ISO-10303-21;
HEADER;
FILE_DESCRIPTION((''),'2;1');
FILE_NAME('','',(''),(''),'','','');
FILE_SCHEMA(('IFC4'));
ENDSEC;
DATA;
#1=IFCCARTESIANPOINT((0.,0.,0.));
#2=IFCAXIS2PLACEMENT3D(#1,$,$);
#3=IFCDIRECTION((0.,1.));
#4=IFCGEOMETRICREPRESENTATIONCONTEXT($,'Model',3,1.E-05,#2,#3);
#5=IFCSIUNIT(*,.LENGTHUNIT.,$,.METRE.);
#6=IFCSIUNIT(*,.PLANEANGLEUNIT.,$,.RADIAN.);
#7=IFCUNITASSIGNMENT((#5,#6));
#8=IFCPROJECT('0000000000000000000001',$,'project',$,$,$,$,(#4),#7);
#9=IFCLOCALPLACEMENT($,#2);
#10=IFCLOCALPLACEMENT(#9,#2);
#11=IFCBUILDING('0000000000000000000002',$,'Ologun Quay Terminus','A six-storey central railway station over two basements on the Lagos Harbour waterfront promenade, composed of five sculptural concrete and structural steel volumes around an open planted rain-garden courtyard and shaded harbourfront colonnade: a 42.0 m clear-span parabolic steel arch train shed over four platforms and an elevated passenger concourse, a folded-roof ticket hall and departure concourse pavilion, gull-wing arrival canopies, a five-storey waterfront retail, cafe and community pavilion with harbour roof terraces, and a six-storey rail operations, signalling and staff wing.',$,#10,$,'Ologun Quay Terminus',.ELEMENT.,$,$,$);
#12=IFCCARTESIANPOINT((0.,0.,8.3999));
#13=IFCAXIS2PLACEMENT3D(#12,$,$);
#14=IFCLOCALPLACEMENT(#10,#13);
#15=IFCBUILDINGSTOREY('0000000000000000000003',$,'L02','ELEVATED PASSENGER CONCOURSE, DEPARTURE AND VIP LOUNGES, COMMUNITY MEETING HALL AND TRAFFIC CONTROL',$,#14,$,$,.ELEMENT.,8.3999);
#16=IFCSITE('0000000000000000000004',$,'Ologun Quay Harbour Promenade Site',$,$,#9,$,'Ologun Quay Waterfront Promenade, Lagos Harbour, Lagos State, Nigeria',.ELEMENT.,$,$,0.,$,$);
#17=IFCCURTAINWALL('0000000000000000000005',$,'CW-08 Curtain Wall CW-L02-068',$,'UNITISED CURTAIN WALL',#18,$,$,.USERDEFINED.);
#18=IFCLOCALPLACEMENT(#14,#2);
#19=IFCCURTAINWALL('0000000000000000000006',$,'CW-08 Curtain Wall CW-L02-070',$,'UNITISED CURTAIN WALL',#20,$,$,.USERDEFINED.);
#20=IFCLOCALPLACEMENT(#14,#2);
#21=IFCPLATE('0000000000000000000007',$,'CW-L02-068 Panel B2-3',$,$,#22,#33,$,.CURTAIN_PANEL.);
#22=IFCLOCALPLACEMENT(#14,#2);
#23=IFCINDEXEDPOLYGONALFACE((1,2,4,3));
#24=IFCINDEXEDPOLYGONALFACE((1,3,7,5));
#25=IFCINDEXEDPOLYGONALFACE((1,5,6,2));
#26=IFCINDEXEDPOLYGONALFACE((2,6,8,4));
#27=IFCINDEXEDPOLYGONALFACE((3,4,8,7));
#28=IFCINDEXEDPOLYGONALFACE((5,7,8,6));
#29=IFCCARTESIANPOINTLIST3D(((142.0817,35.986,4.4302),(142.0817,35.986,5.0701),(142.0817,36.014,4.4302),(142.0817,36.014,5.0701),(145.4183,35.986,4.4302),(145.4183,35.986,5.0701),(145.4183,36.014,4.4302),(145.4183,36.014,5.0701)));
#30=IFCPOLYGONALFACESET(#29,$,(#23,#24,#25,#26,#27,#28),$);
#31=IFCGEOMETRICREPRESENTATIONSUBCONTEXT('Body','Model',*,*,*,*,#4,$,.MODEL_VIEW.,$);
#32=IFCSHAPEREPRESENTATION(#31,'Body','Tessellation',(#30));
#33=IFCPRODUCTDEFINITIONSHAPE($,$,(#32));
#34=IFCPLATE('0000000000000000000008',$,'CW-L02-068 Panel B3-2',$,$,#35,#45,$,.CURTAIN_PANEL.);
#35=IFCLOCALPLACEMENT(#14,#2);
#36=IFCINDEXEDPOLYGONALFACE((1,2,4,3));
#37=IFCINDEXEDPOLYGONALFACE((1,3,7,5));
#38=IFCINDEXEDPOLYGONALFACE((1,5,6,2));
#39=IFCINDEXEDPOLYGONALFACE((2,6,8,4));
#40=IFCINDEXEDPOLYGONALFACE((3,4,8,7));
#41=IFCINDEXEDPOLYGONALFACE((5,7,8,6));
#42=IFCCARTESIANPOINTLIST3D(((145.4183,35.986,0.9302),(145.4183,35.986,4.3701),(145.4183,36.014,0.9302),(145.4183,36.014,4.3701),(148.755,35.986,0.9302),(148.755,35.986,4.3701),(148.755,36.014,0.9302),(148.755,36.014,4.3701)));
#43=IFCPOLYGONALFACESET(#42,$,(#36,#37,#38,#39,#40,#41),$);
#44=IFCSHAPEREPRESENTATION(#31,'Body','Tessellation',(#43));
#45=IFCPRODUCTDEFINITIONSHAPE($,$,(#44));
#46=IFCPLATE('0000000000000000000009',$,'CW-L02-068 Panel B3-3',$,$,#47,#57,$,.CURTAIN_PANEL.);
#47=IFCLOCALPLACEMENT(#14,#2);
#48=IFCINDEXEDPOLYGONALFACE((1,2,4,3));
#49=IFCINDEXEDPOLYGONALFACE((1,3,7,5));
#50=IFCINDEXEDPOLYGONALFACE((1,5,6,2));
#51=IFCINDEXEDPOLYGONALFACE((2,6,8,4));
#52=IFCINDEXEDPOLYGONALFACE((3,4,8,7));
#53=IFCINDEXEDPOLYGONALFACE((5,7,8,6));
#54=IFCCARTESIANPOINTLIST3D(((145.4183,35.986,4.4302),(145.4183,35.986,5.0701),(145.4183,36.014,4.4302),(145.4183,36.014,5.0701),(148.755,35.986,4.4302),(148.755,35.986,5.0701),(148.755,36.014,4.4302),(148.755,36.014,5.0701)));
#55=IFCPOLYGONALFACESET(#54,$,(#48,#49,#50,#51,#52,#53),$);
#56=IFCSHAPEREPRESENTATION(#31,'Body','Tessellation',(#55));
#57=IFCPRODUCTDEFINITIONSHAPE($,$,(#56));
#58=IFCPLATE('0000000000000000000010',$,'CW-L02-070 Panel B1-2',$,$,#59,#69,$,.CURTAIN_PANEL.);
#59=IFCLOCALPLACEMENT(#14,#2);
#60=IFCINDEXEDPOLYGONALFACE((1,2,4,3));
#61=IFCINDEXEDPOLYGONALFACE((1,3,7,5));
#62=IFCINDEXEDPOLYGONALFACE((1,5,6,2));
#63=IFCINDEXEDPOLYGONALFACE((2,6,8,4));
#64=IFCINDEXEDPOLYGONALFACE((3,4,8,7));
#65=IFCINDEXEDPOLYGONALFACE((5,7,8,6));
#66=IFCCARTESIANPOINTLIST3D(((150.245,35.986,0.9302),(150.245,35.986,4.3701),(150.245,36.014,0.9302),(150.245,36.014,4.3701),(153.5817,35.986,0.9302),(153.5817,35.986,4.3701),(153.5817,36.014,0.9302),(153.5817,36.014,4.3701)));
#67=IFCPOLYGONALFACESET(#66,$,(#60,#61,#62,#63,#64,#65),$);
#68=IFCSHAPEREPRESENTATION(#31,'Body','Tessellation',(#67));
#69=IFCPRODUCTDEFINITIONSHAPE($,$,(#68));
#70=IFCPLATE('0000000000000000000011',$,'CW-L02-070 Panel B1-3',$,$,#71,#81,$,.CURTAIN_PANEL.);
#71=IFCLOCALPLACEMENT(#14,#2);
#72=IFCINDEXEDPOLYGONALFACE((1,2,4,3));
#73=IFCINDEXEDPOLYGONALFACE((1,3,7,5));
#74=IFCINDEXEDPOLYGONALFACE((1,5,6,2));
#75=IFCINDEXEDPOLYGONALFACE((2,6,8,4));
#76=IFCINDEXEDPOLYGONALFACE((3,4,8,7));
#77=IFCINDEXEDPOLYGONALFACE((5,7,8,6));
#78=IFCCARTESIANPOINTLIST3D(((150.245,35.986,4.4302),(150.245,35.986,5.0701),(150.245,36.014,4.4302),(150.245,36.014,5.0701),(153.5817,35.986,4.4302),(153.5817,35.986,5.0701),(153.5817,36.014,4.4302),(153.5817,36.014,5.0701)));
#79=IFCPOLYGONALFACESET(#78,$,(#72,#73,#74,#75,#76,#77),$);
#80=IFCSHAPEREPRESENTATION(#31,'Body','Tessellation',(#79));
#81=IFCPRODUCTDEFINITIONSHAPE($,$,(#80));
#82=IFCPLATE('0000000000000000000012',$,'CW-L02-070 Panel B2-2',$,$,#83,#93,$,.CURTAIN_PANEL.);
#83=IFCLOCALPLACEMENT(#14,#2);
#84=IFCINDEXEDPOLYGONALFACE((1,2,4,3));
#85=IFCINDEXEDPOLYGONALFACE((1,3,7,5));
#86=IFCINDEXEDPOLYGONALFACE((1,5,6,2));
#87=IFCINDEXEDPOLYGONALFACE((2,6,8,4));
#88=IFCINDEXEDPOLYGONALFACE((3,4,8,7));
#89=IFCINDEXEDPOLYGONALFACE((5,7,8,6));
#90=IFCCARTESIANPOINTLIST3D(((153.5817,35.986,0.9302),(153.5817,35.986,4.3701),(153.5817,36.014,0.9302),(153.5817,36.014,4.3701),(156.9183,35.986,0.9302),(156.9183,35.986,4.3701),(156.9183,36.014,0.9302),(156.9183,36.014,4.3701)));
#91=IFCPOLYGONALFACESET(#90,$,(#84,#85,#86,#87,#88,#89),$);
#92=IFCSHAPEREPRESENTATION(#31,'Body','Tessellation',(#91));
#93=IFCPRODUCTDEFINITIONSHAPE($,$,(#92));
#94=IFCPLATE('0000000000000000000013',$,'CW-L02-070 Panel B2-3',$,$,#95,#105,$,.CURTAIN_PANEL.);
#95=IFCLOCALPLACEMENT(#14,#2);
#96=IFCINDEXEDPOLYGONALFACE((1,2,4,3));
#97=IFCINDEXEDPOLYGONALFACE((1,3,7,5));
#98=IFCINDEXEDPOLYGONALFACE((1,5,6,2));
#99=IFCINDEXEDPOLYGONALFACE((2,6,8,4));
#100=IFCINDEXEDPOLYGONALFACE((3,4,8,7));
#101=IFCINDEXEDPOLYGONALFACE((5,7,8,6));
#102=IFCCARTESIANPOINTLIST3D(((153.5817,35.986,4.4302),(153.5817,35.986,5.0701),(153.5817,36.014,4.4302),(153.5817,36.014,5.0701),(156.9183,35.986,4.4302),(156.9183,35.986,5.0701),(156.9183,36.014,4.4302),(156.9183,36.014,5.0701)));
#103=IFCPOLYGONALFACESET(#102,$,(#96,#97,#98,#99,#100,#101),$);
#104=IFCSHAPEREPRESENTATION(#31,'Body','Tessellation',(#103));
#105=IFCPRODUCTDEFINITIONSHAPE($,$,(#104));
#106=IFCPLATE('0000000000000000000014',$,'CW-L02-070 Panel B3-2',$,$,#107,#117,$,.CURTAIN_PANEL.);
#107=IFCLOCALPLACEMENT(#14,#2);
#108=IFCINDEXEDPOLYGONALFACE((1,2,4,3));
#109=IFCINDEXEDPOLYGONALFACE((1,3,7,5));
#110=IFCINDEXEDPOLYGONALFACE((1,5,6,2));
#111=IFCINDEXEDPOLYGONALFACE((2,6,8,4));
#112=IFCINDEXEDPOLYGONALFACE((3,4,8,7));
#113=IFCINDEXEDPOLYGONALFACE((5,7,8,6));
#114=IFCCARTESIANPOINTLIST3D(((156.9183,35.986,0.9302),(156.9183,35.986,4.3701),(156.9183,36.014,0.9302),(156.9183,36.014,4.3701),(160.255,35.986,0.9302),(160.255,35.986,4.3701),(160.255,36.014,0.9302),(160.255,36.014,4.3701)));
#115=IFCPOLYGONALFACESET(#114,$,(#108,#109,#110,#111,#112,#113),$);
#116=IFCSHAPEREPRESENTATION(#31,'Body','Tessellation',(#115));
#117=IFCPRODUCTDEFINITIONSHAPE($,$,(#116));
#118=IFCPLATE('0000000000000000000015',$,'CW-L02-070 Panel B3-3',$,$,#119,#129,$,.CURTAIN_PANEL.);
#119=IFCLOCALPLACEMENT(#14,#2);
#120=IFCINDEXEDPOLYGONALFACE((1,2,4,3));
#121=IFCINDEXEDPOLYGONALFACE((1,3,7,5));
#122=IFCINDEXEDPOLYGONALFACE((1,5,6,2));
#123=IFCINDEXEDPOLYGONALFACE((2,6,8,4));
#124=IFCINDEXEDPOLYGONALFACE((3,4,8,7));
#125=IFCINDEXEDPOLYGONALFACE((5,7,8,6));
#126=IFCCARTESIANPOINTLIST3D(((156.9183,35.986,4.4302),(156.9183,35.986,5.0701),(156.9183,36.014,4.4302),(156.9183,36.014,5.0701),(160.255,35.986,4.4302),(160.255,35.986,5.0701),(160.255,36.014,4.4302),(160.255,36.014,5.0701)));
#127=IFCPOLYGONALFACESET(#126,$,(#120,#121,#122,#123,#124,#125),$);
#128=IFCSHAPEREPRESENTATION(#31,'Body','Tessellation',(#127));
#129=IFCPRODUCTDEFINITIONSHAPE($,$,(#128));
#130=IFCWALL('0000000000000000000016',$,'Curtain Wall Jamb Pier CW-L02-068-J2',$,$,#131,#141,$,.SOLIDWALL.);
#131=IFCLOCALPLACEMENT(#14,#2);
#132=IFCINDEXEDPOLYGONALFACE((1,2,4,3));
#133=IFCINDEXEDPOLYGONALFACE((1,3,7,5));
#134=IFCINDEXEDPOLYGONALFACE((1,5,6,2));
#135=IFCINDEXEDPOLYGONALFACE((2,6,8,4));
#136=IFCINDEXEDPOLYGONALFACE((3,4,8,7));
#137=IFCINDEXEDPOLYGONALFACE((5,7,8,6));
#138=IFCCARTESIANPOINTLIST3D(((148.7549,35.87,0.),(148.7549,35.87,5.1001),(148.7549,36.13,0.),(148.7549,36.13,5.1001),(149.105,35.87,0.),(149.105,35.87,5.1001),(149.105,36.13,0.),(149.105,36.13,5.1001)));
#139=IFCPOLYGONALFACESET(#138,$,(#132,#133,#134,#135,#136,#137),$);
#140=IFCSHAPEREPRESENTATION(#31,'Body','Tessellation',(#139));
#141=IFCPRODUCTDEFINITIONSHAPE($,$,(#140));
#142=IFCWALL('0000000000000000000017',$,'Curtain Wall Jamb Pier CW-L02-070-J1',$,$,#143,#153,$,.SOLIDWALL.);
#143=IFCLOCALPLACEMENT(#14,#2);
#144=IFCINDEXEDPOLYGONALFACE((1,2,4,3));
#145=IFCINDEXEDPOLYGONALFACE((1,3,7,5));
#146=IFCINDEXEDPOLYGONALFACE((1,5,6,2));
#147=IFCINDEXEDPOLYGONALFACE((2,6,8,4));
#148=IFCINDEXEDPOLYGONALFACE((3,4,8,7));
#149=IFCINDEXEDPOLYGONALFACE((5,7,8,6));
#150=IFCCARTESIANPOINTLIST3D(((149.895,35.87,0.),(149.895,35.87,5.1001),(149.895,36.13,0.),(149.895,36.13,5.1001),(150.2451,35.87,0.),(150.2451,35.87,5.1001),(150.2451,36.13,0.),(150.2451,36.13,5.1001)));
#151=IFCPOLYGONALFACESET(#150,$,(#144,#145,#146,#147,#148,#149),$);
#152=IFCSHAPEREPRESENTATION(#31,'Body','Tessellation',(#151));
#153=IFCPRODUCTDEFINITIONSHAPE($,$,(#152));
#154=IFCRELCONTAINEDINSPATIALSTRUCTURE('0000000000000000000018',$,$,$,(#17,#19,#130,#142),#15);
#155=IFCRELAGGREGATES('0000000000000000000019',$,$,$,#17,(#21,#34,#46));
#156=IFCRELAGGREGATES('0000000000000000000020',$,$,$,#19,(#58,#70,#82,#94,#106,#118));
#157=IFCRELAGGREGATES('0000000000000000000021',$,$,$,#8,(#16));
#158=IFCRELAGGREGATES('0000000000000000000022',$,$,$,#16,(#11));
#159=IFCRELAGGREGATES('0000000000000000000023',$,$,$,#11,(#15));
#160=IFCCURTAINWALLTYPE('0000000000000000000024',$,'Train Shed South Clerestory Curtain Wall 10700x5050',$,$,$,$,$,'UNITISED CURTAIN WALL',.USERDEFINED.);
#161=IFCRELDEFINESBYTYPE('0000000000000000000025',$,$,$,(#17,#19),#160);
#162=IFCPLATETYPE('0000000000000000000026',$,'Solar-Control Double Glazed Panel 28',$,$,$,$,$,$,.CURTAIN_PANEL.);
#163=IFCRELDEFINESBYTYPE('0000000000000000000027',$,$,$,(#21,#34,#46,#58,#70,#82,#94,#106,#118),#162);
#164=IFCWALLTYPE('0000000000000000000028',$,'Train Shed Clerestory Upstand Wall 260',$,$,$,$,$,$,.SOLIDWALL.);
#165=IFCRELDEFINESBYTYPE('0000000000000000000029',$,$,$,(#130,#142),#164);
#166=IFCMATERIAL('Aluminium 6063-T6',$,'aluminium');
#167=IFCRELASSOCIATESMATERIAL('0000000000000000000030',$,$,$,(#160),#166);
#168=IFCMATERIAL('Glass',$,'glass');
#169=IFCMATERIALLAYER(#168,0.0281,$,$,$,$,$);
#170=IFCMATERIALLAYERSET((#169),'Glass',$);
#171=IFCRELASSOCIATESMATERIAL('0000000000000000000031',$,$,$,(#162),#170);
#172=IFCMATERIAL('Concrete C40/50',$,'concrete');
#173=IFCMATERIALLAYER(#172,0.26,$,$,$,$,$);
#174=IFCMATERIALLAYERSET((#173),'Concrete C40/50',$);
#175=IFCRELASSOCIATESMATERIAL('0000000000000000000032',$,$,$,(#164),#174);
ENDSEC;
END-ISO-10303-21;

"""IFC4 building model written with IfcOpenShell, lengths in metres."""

from ifc_helpers import new_model, si_unit, direction, frame, frame_2d, origin, origin_2d, place, context, subcontext, project, spatial, rectangle, extrude, material, layer, layer_set, type_object, element, aggregate, save


model = new_model("IFC4")

# Units and contexts
model_context = context("Model", 3, precision=1e-05, world=origin(), true_north=direction((0.0, 1.0)))
body_context = subcontext(model_context, "Body", "Model", "MODEL_VIEW")
ifc_project = project(units=[si_unit("LENGTHUNIT", "METRE"), si_unit("PLANEANGLEUNIT", "RADIAN")], contexts=[model_context])

# Site, building, storey
site_placement = place(None, origin())
site = spatial("IfcSite", under=ifc_project, at=site_placement, Name="Ologun Quay Harbour Promenade Site", LongName="Ologun Quay Waterfront Promenade, Lagos Harbour, Lagos State, Nigeria", CompositionType="ELEMENT", RefElevation=0.0)
building_placement = place(site_placement, origin())
building = spatial("IfcBuilding", under=site, at=building_placement, Name="Ologun Quay Terminus", Description="A six-storey central railway station over two basements on the Lagos Harbour waterfront promenade, composed of five sculptural concrete and structural steel volumes around an open planted rain-garden courtyard and shaded harbourfront colonnade: a 42.0 m clear-span parabolic steel arch train shed over four platforms and an elevated passenger concourse, a folded-roof ticket hall and departure concourse pavilion, gull-wing arrival canopies, a five-storey waterfront retail, cafe and community pavilion with harbour roof terraces, and a six-storey rail operations, signalling and staff wing.", LongName="Ologun Quay Terminus", CompositionType="ELEMENT")
storey_placement = place(building_placement, frame((0.0, 0.0, 8.3999)))
storey = spatial("IfcBuildingStorey", under=building, at=storey_placement, Name="L02", Description="ELEVATED PASSENGER CONCOURSE, DEPARTURE AND VIP LOUNGES, COMMUNITY MEETING HALL AND TRAFFIC CONTROL", CompositionType="ELEMENT", Elevation=8.3999)

# Curtain walls
ifc_material_1 = material(Name="Aluminium 6063-T6", Category="aluminium")
curtain_wall_type = type_object("IfcCurtainWallType", Name="Train Shed South Clerestory Curtain Wall 10700x5050", ElementType="UNITISED CURTAIN WALL", PredefinedType="USERDEFINED", material=ifc_material_1)
curtain_wall_1_placement = place(storey_placement, origin())
curtain_wall_1 = element("IfcCurtainWall", 1, at=curtain_wall_1_placement, inside=storey, type_object=curtain_wall_type, Name="CW-08 Curtain Wall CW-L02-068", ObjectType="UNITISED CURTAIN WALL", PredefinedType="USERDEFINED")
curtain_wall_2_placement = place(storey_placement, origin())
curtain_wall_2 = element("IfcCurtainWall", 2, at=curtain_wall_2_placement, inside=storey, type_object=curtain_wall_type, Name="CW-08 Curtain Wall CW-L02-070", ObjectType="UNITISED CURTAIN WALL", PredefinedType="USERDEFINED")

# Plates
ifc_material_2 = material(Name="Glass", Category="glass")
ifc_layer_1 = layer(ifc_material_2, 0.0281)
ifc_layer_set_1 = layer_set([ifc_layer_1], Name="Glass")
plate_type_1 = type_object("IfcPlateType", Name="Solar-Control Double Glazed Panel 28", PredefinedType="CURTAIN_PANEL", material=ifc_layer_set_1)
plate_1_placement = place(storey_placement, frame((143.75, 36.0, 4.4302), z_axis=(0.0, 0.0, 1.0), x_axis=(1.0, 0.0, 0.0)))
plate_1 = element("IfcPlate", 3, at=plate_1_placement, type_object=plate_type_1, Name="CW-L02-068 Panel B2-3", PredefinedType="CURTAIN_PANEL", context=body_context, shape_type="SweptSolid", body=[
    extrude(rectangle(XDim=3.3367, YDim=0.0281, at=origin_2d()), origin(), (0.0, 0.0, 1.0), 0.6399),
])
plate_2_placement = place(storey_placement, frame((147.0867, 36.0, 0.9302), z_axis=(0.0, 0.0, 1.0), x_axis=(1.0, 0.0, 0.0)))
plate_2 = element("IfcPlate", 4, at=plate_2_placement, type_object=plate_type_1, Name="CW-L02-068 Panel B3-2", PredefinedType="CURTAIN_PANEL", context=body_context, shape_type="SweptSolid", body=[
    extrude(rectangle(XDim=3.3367, YDim=0.0281, at=origin_2d()), origin(), (0.0, 0.0, 1.0), 3.4399),
])
plate_3_placement = place(storey_placement, frame((147.0867, 36.0, 4.4302), z_axis=(0.0, 0.0, 1.0), x_axis=(1.0, 0.0, 0.0)))
plate_3 = element("IfcPlate", 5, at=plate_3_placement, type_object=plate_type_1, Name="CW-L02-068 Panel B3-3", PredefinedType="CURTAIN_PANEL", context=body_context, shape_type="SweptSolid", body=[
    extrude(rectangle(XDim=3.3367, YDim=0.0281, at=origin_2d()), origin(), (0.0, 0.0, 1.0), 0.6399),
])
aggregate(curtain_wall_1, [plate_1, plate_2, plate_3])
plate_4_placement = place(storey_placement, frame((151.9133, 36.0, 0.9302), z_axis=(0.0, 0.0, 1.0), x_axis=(1.0, 0.0, 0.0)))
plate_4 = element("IfcPlate", 6, at=plate_4_placement, type_object=plate_type_1, Name="CW-L02-070 Panel B1-2", PredefinedType="CURTAIN_PANEL", context=body_context, shape_type="SweptSolid", body=[
    extrude(rectangle(XDim=3.3367, YDim=0.0281, at=origin_2d()), origin(), (0.0, 0.0, 1.0), 3.4399),
])
plate_5_placement = place(storey_placement, frame((151.9133, 36.0, 4.4302), z_axis=(0.0, 0.0, 1.0), x_axis=(1.0, 0.0, 0.0)))
plate_5 = element("IfcPlate", 7, at=plate_5_placement, type_object=plate_type_1, Name="CW-L02-070 Panel B1-3", PredefinedType="CURTAIN_PANEL", context=body_context, shape_type="SweptSolid", body=[
    extrude(rectangle(XDim=3.3367, YDim=0.0281, at=origin_2d()), origin(), (0.0, 0.0, 1.0), 0.6399),
])
plate_6_placement = place(storey_placement, frame((155.25, 36.0, 0.9302), z_axis=(0.0, 0.0, 1.0), x_axis=(1.0, 0.0, 0.0)))
plate_6 = element("IfcPlate", 8, at=plate_6_placement, type_object=plate_type_1, Name="CW-L02-070 Panel B2-2", PredefinedType="CURTAIN_PANEL", context=body_context, shape_type="SweptSolid", body=[
    extrude(rectangle(XDim=3.3367, YDim=0.0281, at=origin_2d()), origin(), (0.0, 0.0, 1.0), 3.4399),
])
plate_7_placement = place(storey_placement, frame((155.25, 36.0, 4.4302), z_axis=(0.0, 0.0, 1.0), x_axis=(1.0, 0.0, 0.0)))
plate_7 = element("IfcPlate", 9, at=plate_7_placement, type_object=plate_type_1, Name="CW-L02-070 Panel B2-3", PredefinedType="CURTAIN_PANEL", context=body_context, shape_type="SweptSolid", body=[
    extrude(rectangle(XDim=3.3367, YDim=0.0281, at=origin_2d()), origin(), (0.0, 0.0, 1.0), 0.6399),
])
plate_8_placement = place(storey_placement, frame((158.5867, 36.0, 0.9302), z_axis=(0.0, 0.0, 1.0), x_axis=(1.0, 0.0, 0.0)))
plate_8 = element("IfcPlate", 10, at=plate_8_placement, type_object=plate_type_1, Name="CW-L02-070 Panel B3-2", PredefinedType="CURTAIN_PANEL", context=body_context, shape_type="SweptSolid", body=[
    extrude(rectangle(XDim=3.3367, YDim=0.0281, at=origin_2d()), origin(), (0.0, 0.0, 1.0), 3.4399),
])
plate_9_placement = place(storey_placement, frame((158.5867, 36.0, 4.4302), z_axis=(0.0, 0.0, 1.0), x_axis=(1.0, 0.0, 0.0)))
plate_9 = element("IfcPlate", 11, at=plate_9_placement, type_object=plate_type_1, Name="CW-L02-070 Panel B3-3", PredefinedType="CURTAIN_PANEL", context=body_context, shape_type="SweptSolid", body=[
    extrude(rectangle(XDim=3.3367, YDim=0.0281, at=origin_2d()), origin(), (0.0, 0.0, 1.0), 0.6399),
])
aggregate(curtain_wall_2, [plate_4, plate_5, plate_6, plate_7, plate_8, plate_9])

# Walls
ifc_material_3 = material(Name="Concrete C40/50", Category="concrete")
ifc_layer_2 = layer(ifc_material_3, 0.26)
ifc_layer_set_2 = layer_set([ifc_layer_2], Name="Concrete C40/50")
wall_type = type_object("IfcWallType", Name="Train Shed Clerestory Upstand Wall 260", PredefinedType="SOLIDWALL", material=ifc_layer_set_2)
for number, where, z_axis, x_axis, name in (
    (12, (148.7549, 36.0, 0.0), (0.0, 0.0, 1.0), (1.0, 0.0, 0.0), "Curtain Wall Jamb Pier CW-L02-068-J2"),
    (13, (149.895, 36.0, 0.0), (0.0, 0.0, 1.0), (1.0, 0.0, 0.0), "Curtain Wall Jamb Pier CW-L02-070-J1"),
):
    element("IfcWall", number, at=place(storey_placement, frame(where, z_axis=z_axis, x_axis=x_axis)), inside=storey, type_object=wall_type, Name=name, PredefinedType="SOLIDWALL", context=body_context, shape_type="SweptSolid", body=[
        extrude(rectangle(XDim=0.3501, YDim=0.26, at=frame_2d((0.175, 0.0))), origin(), (0.0, 0.0, 1.0), 5.1001),
    ])

save(model, "model.ifc")
